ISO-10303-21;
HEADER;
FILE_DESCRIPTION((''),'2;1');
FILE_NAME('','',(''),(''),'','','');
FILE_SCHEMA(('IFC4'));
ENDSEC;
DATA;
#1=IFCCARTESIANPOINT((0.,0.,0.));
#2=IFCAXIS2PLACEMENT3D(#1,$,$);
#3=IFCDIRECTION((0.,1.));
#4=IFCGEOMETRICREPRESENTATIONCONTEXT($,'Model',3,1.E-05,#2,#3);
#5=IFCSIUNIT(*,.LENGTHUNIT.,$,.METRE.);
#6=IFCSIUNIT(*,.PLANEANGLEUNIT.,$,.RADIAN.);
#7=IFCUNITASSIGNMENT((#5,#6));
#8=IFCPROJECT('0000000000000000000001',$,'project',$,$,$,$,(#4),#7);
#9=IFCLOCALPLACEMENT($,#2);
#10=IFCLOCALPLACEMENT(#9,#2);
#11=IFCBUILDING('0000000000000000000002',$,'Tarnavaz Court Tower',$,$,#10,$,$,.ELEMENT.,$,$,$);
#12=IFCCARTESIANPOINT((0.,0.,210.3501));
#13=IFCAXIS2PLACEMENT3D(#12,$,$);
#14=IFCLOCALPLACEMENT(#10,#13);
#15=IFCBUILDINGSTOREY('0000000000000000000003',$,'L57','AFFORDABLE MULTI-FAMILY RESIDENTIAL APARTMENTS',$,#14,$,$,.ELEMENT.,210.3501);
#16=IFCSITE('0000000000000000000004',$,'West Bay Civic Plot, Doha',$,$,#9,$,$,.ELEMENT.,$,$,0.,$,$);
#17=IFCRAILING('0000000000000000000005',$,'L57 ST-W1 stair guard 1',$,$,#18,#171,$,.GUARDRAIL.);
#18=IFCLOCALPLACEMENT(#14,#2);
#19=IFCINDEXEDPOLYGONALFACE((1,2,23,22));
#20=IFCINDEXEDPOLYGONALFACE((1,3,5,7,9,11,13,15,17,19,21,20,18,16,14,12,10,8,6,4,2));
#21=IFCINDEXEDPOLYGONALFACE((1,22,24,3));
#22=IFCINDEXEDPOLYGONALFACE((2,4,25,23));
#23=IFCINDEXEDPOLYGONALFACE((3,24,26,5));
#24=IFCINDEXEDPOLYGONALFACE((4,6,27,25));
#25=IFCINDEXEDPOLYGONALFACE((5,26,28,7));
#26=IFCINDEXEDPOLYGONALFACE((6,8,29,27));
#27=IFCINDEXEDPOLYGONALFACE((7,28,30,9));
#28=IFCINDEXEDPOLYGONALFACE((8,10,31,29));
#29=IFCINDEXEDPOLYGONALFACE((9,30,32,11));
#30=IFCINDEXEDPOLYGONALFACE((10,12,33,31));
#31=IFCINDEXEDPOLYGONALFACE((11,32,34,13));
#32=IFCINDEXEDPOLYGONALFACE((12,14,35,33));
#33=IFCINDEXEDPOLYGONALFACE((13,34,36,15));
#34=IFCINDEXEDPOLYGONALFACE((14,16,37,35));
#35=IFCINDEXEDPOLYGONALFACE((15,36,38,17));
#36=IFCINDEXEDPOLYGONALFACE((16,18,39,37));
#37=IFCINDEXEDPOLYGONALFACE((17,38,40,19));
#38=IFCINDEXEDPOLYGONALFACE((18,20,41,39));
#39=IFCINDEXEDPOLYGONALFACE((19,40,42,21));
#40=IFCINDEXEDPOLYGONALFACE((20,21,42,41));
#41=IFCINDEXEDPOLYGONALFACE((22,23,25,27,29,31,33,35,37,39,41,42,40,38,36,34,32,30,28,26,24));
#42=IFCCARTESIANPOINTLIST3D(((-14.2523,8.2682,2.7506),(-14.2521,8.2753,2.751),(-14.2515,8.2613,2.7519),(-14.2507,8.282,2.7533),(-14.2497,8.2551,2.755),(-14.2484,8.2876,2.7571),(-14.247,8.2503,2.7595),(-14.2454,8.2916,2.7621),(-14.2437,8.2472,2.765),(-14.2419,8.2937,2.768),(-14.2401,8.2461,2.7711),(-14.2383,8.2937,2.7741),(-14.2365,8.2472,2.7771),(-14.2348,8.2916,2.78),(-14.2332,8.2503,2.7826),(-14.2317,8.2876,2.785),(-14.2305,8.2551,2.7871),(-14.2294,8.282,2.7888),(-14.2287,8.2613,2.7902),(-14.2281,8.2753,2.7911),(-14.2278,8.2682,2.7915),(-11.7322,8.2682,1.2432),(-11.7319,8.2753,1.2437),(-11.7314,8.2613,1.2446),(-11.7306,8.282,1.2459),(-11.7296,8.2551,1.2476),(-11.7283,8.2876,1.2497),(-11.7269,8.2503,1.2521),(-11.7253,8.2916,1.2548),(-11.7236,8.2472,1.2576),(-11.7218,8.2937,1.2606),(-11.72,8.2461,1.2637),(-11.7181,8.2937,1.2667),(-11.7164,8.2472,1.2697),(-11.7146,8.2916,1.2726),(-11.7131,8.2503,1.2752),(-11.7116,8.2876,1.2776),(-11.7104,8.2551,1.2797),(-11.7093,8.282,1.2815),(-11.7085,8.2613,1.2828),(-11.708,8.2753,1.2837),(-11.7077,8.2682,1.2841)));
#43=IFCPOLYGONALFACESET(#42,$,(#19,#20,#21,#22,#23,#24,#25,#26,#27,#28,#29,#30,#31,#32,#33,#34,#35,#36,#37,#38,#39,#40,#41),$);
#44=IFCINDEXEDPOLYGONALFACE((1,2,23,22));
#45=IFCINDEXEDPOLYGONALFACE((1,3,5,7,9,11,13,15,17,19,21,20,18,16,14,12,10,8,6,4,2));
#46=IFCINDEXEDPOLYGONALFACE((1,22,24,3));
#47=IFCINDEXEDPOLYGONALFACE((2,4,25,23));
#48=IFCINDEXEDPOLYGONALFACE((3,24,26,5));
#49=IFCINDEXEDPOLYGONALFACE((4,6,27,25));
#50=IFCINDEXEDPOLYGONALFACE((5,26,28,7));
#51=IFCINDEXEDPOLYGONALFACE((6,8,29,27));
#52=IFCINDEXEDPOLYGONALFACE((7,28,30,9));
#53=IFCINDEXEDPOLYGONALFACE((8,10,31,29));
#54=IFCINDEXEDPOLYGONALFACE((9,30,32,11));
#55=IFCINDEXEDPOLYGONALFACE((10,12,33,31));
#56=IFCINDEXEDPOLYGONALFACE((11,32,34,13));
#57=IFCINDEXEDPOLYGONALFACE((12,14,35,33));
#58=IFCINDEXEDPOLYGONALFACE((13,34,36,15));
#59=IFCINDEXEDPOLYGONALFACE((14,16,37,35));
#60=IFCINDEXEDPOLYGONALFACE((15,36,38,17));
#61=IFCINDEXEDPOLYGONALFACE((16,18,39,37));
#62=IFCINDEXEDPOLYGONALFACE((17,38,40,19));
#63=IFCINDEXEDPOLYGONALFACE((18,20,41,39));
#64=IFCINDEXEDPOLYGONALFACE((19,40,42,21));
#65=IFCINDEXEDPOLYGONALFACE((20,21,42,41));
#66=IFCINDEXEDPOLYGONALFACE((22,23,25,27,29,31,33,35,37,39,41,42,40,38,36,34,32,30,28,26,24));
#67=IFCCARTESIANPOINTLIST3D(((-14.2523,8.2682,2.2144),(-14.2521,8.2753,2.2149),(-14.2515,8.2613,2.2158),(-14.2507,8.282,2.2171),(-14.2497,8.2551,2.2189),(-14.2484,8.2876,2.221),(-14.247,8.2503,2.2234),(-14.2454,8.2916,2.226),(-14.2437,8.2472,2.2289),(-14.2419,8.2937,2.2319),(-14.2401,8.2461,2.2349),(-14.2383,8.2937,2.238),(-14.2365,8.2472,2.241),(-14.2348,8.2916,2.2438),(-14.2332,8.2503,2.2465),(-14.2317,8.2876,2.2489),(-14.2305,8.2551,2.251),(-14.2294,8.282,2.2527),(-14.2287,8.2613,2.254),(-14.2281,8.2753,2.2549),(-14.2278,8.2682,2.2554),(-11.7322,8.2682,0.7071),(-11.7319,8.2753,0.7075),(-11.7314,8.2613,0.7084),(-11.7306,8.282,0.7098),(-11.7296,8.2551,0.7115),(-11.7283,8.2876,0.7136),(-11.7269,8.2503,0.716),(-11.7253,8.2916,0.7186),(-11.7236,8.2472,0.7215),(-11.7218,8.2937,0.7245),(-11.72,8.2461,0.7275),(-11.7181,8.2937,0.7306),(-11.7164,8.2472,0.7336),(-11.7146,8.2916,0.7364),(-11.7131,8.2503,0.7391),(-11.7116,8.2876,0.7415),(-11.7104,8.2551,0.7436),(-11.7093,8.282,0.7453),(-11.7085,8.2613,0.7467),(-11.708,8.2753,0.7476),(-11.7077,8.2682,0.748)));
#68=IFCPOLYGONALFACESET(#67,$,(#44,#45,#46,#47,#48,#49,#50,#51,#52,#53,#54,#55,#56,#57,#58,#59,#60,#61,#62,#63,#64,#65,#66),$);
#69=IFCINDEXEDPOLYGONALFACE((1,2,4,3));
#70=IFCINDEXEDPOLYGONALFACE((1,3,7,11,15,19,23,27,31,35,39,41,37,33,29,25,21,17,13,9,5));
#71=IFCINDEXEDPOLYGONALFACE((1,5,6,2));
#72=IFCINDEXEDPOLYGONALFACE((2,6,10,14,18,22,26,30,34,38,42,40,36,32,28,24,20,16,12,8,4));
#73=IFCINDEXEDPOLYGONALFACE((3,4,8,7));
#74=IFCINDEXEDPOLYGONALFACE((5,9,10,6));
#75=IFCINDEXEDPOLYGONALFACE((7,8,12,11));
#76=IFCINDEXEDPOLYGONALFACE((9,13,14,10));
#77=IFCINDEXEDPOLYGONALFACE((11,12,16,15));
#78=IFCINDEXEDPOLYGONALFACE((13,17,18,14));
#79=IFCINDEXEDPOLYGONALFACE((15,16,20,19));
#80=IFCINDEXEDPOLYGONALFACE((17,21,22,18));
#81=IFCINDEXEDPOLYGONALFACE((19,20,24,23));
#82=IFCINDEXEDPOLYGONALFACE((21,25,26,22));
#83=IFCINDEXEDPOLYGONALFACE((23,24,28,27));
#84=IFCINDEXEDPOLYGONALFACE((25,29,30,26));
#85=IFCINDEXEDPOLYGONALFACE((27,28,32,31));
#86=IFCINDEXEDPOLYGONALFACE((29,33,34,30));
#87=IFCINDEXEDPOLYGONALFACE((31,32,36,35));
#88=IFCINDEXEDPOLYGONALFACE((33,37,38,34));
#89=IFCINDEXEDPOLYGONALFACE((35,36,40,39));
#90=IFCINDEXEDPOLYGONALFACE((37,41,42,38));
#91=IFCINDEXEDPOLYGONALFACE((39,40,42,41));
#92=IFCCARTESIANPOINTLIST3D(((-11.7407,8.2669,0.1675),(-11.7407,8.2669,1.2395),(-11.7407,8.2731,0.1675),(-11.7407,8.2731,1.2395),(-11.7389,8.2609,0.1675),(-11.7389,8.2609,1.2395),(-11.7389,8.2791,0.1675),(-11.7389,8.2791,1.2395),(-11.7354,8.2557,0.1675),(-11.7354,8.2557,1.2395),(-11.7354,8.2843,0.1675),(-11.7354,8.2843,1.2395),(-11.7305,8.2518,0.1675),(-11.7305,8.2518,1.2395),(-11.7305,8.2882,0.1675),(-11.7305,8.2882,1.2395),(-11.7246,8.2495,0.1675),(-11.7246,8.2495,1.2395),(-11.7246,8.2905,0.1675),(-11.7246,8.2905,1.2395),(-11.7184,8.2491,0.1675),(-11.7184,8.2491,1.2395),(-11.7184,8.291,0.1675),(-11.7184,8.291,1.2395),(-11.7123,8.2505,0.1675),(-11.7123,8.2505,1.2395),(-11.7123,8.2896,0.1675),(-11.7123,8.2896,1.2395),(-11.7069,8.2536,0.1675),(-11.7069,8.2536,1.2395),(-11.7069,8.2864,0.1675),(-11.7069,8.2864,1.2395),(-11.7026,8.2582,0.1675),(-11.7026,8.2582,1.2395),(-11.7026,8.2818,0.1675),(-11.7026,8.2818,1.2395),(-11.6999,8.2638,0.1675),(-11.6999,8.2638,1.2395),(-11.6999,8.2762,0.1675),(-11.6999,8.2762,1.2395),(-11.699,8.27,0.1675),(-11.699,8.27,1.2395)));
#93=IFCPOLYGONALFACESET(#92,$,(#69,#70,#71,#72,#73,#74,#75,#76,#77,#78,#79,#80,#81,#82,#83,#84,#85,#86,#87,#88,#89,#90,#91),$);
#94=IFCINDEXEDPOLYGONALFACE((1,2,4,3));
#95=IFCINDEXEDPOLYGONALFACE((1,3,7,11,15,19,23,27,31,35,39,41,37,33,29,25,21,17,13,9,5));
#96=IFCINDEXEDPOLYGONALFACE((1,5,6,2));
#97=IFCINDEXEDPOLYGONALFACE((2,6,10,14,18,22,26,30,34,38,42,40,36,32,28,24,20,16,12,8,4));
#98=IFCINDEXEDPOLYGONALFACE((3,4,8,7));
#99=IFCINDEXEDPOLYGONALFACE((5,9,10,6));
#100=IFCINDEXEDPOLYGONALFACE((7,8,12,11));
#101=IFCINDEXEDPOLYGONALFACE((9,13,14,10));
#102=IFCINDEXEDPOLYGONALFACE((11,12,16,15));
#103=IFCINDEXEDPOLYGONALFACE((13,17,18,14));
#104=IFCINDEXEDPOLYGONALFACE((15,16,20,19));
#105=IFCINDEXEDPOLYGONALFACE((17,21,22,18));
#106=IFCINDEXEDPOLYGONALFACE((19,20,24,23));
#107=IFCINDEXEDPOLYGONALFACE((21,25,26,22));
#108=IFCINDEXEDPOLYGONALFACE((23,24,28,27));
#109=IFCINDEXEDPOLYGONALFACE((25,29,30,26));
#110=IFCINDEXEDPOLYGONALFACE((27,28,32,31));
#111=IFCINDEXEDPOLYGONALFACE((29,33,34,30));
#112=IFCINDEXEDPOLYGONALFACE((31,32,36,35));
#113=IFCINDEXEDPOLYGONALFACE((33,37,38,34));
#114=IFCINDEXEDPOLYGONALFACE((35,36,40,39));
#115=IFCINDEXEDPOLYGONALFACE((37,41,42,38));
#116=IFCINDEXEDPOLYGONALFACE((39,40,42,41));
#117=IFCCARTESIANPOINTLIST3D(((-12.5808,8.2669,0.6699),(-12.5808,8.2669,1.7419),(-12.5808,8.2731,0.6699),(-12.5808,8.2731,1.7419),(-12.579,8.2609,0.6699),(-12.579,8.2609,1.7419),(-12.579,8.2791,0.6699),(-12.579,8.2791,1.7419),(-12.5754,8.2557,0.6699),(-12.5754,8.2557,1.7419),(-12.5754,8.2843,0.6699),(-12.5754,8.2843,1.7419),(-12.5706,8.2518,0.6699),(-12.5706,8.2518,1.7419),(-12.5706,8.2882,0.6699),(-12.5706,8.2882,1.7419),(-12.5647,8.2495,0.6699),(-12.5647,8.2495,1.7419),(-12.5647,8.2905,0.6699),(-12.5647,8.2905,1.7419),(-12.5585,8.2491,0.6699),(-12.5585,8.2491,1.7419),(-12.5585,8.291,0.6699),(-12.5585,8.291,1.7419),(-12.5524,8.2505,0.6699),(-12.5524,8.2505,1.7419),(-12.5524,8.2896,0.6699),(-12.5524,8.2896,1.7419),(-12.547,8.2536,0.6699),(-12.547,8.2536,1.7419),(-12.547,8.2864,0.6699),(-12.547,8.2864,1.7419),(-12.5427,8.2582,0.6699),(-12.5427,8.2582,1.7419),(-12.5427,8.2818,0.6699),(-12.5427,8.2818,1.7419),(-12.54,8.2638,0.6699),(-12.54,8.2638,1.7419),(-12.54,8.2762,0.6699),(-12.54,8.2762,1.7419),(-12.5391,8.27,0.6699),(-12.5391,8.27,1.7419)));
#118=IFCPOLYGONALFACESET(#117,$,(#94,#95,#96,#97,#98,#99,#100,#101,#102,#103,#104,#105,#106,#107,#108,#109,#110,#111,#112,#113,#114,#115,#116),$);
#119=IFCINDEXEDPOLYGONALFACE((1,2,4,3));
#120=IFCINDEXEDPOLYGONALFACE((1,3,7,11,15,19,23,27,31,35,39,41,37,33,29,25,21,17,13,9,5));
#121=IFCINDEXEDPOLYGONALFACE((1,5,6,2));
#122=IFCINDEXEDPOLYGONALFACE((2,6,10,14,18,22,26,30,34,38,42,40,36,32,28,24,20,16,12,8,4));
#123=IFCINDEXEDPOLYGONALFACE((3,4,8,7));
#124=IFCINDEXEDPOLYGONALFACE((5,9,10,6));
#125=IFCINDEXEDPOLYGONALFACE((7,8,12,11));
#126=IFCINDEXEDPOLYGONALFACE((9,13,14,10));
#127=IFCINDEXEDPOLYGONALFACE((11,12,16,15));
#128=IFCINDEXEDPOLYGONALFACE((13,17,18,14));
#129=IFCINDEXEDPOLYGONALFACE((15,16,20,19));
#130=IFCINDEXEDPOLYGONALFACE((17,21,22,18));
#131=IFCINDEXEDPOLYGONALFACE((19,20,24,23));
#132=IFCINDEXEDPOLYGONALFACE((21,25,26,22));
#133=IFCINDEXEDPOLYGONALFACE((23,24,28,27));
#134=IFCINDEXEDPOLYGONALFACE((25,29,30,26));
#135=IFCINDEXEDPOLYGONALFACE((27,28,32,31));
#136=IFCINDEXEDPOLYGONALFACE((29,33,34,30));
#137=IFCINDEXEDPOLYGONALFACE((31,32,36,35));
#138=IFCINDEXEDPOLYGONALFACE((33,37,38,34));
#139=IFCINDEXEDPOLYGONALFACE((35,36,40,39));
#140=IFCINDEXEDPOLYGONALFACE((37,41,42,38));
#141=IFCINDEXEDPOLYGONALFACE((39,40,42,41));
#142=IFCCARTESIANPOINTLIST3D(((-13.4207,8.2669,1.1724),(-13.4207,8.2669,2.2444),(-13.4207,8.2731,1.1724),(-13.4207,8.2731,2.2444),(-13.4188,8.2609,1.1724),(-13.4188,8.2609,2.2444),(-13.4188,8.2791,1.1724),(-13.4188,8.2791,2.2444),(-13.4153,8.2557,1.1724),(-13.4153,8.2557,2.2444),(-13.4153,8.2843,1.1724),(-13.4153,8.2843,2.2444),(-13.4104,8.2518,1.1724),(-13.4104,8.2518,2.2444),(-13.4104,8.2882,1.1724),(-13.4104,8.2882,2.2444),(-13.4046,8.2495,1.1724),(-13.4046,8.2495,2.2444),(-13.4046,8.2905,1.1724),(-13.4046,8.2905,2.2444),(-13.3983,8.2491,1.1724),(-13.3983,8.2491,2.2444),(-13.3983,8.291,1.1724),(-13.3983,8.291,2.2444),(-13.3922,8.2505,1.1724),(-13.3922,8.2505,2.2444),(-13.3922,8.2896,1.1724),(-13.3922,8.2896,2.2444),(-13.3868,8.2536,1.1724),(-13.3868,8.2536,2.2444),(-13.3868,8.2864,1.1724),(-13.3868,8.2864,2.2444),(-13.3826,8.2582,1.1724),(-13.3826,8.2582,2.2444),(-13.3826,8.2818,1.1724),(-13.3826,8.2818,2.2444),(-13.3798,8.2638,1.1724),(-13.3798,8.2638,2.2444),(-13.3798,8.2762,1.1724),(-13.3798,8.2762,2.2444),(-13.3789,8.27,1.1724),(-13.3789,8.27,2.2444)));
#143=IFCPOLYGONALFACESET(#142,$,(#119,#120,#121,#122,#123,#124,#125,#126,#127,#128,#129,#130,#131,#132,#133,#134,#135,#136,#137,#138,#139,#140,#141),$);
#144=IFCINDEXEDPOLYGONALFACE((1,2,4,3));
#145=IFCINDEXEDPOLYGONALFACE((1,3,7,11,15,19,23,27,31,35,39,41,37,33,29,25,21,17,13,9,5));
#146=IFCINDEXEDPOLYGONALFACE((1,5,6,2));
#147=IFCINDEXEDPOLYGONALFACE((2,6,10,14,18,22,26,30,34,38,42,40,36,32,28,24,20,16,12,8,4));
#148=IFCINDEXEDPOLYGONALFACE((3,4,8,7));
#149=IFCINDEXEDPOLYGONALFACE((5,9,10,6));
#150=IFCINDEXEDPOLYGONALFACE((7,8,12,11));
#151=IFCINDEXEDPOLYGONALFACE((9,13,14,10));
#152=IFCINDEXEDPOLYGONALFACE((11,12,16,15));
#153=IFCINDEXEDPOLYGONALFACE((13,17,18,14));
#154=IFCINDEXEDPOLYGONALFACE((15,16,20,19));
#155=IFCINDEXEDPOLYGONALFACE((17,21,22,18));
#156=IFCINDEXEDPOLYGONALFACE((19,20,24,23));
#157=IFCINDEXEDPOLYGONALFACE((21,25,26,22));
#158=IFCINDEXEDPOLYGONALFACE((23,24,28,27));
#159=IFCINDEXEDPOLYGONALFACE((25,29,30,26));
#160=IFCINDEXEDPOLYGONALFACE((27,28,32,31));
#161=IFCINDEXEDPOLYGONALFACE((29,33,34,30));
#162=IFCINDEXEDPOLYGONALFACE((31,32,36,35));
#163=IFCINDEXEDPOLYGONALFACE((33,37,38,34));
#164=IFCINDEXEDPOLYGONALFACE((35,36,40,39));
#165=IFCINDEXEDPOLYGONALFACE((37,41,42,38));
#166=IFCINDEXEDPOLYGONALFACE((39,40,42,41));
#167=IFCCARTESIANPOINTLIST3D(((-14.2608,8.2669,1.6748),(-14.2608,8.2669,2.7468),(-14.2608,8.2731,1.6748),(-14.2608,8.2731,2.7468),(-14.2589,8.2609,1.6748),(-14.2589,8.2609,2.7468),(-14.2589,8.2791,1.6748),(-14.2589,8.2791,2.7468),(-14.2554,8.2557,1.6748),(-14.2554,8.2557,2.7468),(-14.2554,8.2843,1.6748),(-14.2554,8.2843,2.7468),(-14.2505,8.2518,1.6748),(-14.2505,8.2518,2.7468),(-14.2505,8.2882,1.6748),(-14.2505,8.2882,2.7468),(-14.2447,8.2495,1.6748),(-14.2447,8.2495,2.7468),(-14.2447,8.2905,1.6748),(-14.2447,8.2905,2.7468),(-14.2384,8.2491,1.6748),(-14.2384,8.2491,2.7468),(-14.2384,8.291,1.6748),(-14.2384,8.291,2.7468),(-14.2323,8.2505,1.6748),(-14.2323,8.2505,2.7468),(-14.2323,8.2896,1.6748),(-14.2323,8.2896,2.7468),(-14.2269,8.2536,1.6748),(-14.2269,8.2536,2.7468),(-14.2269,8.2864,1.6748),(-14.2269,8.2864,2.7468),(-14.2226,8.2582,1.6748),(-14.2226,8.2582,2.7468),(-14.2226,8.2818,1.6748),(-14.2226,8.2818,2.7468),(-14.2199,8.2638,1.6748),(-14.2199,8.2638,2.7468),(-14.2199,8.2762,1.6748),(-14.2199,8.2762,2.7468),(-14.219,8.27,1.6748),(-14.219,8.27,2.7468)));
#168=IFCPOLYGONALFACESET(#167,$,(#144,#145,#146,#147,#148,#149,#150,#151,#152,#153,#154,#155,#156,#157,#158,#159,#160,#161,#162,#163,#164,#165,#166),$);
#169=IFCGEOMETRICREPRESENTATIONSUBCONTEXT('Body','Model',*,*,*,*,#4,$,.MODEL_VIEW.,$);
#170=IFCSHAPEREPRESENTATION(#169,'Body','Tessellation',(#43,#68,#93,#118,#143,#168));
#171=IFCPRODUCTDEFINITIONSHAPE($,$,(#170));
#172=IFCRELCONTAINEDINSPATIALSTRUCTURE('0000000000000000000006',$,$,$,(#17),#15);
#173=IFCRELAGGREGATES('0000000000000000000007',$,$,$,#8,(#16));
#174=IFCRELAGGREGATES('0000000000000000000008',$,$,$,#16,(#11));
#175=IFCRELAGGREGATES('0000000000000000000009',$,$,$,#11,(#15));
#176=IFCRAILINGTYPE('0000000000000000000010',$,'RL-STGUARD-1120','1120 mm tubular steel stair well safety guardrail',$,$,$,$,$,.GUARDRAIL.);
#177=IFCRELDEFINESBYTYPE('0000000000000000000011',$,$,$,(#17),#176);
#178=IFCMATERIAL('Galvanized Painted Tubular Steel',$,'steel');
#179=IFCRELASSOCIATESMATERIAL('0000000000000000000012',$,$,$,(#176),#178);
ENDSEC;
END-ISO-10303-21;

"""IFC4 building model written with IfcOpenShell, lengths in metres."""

from ifc_helpers import new_model, si_unit, direction, frame, origin, origin_2d, place, context, subcontext, project, spatial, circle, extrude, material, type_object, element, save


model = new_model("IFC4")

# Units and contexts
model_context = context("Model", 3, precision=1e-05, world=origin(), true_north=direction((0.0, 1.0)))
body_context = subcontext(model_context, "Body", "Model", "MODEL_VIEW")
ifc_project = project(units=[si_unit("LENGTHUNIT", "METRE"), si_unit("PLANEANGLEUNIT", "RADIAN")], contexts=[model_context])

# Site, building, storey
site_placement = place(None, origin())
site = spatial("IfcSite", under=ifc_project, at=site_placement, Name="West Bay Civic Plot, Doha", CompositionType="ELEMENT", RefElevation=0.0)
building_placement = place(site_placement, origin())
building = spatial("IfcBuilding", under=site, at=building_placement, Name="Tarnavaz Court Tower", CompositionType="ELEMENT")
storey_placement = place(building_placement, frame((0.0, 0.0, 210.3501)))
storey = spatial("IfcBuildingStorey", under=building, at=storey_placement, Name="L57", Description="AFFORDABLE MULTI-FAMILY RESIDENTIAL APARTMENTS", CompositionType="ELEMENT", Elevation=210.3501)

# Railing
ifc_material_1 = material(Name="Galvanized Painted Tubular Steel", Category="steel")
railing_type_1 = type_object("IfcRailingType", Name="RL-STGUARD-1120", Description="1120 mm tubular steel stair well safety guardrail", PredefinedType="GUARDRAIL", material=ifc_material_1)
railing_1_placement = place(storey_placement, frame((-11.72, 8.27, 0.1675)))
element("IfcRailing", 1, at=railing_1_placement, inside=storey, type_object=railing_type_1, Name="L57 ST-W1 stair guard 1", PredefinedType="GUARDRAIL", context=body_context, shape_type="SweptSolid", body=[
    extrude(circle(Radius=0.0239, at=origin_2d()), frame((0.0, 0.0, 1.0962), z_axis=(-0.858196, 0.0, 0.513321), x_axis=(0.0, -1.0, 0.0)), (0.0, 0.0, 1.0), 2.9365),
    extrude(circle(Radius=0.0239, at=origin_2d()), frame((0.0, 0.0, 0.5601), z_axis=(-0.858196, 0.0, 0.513321), x_axis=(0.0, -1.0, 0.0)), (0.0, 0.0, 1.0), 2.9365),
    extrude(circle(Radius=0.021, at=origin_2d()), origin(), (0.0, 0.0, 1.0), 1.072),
    extrude(circle(Radius=0.021, at=origin_2d()), frame((-0.8401, 0.0, 0.5024)), (0.0, 0.0, 1.0), 1.072),
    extrude(circle(Radius=0.021, at=origin_2d()), frame((-1.6799, 0.0, 1.0049)), (0.0, 0.0, 1.0), 1.072),
    extrude(circle(Radius=0.021, at=origin_2d()), frame((-2.52, 0.0, 1.5073)), (0.0, 0.0, 1.0), 1.072),
])

save(model, "model.ifc")
